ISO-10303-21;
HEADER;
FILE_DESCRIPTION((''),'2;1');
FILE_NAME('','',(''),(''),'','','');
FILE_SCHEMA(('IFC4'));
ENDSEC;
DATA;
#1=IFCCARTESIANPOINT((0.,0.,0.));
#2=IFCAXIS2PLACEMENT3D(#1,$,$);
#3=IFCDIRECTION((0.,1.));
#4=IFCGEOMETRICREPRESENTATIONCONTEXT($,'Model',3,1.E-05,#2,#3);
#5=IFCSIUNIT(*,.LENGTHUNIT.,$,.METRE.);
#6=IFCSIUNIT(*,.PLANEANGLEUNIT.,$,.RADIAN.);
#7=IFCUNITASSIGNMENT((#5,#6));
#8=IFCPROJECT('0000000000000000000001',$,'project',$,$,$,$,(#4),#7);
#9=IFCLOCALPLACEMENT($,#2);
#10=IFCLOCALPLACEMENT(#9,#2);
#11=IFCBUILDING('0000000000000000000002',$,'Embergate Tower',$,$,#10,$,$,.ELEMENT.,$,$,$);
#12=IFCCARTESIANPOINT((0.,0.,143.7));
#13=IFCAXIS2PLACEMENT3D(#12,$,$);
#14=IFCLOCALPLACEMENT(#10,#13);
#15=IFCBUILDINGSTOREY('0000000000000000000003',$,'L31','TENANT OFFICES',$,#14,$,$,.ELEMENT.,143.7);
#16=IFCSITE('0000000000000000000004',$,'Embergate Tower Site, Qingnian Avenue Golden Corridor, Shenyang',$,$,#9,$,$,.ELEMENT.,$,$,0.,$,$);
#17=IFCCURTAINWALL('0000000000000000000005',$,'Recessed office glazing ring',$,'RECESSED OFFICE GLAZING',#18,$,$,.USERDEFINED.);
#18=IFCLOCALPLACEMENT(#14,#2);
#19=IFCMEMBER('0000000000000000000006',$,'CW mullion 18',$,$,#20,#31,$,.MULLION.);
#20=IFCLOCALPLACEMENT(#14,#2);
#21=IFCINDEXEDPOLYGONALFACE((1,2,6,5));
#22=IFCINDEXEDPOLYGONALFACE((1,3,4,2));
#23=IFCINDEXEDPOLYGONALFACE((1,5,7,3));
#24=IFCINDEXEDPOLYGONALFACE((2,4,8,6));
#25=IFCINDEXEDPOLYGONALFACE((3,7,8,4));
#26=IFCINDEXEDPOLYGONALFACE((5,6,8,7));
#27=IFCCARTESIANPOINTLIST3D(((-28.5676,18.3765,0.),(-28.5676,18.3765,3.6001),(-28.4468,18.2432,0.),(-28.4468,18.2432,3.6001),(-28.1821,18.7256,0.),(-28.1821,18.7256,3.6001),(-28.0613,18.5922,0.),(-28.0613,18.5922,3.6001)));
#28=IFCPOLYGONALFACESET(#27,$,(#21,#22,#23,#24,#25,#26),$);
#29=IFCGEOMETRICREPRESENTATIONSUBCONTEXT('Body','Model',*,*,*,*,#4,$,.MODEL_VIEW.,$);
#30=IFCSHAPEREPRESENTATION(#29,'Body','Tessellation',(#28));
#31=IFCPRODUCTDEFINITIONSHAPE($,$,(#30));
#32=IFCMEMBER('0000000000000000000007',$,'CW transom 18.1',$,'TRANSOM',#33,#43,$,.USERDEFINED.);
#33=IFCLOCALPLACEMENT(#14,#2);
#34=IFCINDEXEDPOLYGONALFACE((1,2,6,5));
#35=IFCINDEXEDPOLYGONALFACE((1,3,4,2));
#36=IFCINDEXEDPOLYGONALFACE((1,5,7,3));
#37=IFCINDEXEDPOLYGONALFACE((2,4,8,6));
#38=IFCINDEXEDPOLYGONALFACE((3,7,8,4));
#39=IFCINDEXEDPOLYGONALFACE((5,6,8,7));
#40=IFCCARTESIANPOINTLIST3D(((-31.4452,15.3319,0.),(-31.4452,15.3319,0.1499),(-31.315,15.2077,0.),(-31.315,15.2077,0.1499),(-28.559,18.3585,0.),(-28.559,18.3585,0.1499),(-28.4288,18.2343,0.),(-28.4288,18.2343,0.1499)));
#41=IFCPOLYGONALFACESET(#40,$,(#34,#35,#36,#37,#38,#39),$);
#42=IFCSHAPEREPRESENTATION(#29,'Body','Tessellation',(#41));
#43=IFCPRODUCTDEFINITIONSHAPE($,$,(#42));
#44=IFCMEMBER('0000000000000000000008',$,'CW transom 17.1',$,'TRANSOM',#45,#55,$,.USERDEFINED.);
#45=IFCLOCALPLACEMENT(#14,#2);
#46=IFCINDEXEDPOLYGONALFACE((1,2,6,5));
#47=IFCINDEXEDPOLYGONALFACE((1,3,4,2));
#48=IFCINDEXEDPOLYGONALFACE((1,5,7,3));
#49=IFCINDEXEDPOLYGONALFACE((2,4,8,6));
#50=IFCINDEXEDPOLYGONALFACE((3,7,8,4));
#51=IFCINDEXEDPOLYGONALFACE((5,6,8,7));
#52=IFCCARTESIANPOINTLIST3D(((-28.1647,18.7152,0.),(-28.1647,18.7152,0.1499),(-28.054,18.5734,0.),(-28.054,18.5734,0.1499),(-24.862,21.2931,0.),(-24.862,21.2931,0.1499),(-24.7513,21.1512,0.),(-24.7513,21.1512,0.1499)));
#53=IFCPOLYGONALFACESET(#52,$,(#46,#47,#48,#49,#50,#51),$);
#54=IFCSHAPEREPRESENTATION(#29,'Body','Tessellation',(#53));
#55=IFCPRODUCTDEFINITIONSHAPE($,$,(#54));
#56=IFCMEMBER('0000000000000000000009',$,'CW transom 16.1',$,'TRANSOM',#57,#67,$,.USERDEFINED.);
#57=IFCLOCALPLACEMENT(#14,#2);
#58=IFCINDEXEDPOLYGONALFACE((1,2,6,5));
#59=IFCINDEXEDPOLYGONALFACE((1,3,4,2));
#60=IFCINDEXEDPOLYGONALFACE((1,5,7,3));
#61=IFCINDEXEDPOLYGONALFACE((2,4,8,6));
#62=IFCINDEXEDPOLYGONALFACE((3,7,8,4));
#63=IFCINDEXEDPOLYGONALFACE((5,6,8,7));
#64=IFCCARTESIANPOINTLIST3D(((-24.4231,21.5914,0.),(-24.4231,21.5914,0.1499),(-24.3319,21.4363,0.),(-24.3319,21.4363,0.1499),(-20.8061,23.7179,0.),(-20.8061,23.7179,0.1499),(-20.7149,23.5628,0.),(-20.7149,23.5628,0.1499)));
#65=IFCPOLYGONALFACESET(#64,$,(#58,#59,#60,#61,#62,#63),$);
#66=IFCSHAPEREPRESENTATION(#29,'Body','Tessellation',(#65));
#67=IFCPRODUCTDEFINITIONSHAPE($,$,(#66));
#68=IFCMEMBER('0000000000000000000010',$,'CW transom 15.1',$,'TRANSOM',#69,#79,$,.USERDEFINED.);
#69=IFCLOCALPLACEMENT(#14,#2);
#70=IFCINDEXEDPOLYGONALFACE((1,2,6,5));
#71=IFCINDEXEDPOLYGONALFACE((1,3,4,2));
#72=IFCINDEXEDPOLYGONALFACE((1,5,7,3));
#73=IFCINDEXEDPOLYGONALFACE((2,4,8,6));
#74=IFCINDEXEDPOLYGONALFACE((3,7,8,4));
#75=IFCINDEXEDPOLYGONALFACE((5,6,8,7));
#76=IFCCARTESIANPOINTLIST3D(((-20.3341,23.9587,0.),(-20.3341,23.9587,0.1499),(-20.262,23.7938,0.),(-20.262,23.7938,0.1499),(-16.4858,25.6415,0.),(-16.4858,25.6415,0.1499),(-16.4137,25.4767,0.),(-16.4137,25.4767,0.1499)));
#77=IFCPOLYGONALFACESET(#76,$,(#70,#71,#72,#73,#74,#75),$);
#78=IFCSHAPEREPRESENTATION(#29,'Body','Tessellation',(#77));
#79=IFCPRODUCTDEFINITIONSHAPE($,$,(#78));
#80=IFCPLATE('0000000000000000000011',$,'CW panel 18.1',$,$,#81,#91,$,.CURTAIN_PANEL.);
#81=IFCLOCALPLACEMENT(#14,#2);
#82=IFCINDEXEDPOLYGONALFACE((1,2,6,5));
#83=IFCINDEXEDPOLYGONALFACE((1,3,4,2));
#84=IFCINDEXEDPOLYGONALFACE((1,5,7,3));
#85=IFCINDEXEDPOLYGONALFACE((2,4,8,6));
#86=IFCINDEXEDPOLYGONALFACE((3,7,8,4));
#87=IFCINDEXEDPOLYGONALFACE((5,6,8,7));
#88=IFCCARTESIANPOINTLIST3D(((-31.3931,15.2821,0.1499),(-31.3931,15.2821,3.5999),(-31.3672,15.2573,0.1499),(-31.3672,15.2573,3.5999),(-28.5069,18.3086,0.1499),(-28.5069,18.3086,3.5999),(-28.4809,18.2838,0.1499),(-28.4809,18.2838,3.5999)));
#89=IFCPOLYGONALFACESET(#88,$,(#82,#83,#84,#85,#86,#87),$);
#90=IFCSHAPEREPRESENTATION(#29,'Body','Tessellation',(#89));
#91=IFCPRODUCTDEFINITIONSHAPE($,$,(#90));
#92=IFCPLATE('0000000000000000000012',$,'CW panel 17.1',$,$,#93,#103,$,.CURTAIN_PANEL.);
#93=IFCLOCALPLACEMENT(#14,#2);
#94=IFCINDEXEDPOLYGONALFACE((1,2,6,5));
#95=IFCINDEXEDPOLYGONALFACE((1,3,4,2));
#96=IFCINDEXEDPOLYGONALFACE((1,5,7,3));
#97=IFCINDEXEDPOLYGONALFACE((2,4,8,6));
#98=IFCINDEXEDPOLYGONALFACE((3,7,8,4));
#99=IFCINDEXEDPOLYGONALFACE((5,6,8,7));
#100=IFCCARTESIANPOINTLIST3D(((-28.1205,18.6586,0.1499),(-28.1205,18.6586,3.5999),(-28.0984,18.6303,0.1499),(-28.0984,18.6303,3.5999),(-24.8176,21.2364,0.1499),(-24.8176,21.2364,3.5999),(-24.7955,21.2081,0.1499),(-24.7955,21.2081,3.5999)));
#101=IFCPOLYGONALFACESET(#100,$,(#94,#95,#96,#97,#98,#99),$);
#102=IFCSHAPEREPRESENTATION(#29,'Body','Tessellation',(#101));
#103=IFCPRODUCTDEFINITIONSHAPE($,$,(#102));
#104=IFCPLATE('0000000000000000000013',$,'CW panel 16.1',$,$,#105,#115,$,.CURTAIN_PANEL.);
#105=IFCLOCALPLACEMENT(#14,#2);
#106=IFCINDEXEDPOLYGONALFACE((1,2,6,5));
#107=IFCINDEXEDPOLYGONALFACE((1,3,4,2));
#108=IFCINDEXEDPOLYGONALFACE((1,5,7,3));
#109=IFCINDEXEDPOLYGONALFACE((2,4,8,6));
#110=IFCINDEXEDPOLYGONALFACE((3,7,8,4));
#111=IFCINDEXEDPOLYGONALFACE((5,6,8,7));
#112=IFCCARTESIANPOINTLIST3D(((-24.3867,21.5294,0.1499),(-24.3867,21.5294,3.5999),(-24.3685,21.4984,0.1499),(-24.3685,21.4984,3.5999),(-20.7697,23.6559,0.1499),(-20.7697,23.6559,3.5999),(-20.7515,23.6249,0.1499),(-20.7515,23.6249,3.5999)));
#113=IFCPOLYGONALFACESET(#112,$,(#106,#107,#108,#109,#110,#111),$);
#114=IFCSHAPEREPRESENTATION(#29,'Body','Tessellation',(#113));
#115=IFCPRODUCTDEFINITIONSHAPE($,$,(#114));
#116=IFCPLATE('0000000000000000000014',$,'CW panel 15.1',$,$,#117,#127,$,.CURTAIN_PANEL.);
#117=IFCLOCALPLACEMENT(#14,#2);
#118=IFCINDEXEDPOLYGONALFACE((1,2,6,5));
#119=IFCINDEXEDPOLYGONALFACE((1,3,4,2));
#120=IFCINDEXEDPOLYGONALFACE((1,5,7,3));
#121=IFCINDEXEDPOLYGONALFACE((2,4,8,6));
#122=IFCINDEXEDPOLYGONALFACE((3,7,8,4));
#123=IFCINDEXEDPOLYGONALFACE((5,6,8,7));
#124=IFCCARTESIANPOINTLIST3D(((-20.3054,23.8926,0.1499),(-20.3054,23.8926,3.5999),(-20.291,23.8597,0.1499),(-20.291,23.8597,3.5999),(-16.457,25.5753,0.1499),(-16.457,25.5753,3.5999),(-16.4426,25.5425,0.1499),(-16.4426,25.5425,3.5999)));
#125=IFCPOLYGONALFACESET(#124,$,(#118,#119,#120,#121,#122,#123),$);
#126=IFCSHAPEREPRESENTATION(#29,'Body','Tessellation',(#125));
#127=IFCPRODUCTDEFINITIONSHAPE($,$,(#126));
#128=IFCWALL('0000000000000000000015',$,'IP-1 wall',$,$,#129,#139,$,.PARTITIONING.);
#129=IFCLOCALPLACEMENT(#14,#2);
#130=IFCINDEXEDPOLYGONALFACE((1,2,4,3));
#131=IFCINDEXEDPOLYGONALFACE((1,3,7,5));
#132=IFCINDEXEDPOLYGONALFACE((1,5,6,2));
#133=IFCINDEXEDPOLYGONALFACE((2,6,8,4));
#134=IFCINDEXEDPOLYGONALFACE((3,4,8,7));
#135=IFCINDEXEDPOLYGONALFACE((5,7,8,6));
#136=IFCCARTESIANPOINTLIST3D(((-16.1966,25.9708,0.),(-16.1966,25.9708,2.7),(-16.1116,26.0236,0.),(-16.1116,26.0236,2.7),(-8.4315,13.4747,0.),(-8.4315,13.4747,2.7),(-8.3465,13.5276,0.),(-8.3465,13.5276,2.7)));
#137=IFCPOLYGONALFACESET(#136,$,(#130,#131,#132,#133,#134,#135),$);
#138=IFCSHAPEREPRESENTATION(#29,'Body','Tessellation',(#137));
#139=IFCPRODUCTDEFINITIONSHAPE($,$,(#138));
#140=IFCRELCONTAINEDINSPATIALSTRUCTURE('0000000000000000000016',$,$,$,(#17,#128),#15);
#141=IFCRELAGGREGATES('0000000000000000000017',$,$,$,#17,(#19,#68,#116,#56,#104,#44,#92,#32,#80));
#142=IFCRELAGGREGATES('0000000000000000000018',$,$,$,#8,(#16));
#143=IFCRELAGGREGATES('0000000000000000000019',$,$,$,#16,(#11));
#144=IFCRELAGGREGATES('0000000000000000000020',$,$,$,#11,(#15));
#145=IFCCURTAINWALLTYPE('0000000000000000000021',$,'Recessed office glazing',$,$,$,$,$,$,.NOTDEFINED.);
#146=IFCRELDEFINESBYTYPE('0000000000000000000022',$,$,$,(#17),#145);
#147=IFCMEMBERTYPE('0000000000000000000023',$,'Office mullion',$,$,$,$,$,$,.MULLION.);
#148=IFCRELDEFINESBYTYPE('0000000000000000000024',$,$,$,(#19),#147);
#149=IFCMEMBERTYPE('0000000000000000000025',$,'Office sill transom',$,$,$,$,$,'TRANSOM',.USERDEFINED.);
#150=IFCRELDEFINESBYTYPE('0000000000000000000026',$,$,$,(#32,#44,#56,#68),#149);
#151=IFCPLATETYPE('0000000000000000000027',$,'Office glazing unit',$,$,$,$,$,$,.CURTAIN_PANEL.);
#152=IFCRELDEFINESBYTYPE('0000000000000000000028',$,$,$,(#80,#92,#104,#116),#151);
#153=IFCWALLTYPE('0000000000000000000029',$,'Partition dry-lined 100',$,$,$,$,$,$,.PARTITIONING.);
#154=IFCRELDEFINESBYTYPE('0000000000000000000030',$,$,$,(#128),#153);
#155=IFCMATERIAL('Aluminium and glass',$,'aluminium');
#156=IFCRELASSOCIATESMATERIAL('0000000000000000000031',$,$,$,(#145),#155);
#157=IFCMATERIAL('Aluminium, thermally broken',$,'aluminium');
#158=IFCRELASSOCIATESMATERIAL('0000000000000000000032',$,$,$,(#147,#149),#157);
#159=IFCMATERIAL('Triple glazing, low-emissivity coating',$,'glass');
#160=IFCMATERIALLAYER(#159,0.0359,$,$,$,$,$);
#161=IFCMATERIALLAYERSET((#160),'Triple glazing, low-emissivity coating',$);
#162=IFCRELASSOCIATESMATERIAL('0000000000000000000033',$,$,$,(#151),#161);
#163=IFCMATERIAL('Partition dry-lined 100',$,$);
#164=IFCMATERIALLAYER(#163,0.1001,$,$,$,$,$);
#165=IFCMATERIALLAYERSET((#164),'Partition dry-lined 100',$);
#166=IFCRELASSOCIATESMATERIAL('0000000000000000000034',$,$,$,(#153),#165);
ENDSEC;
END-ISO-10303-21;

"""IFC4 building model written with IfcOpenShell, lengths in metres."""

from ifc_helpers import new_model, si_unit, direction, frame, frame_2d, origin, origin_2d, place, context, subcontext, project, spatial, rectangle, extrude, source, transform, mapped, material, layer, layer_set, material_profile, profile_set, type_object, element, aggregate, save


model = new_model("IFC4")

# Units and contexts
model_context = context("Model", 3, precision=1e-05, world=origin(), true_north=direction((0.0, 1.0)))
body_context = subcontext(model_context, "Body", "Model", "MODEL_VIEW")
ifc_project = project(units=[si_unit("LENGTHUNIT", "METRE"), si_unit("PLANEANGLEUNIT", "RADIAN")], contexts=[model_context])

# Site, building, storey
site_placement = place(None, origin())
site = spatial("IfcSite", under=ifc_project, at=site_placement, Name="Embergate Tower Site, Qingnian Avenue Golden Corridor, Shenyang", CompositionType="ELEMENT", RefElevation=0.0)
building_placement = place(site_placement, origin())
building = spatial("IfcBuilding", under=site, at=building_placement, Name="Embergate Tower", CompositionType="ELEMENT")
storey_placement = place(building_placement, frame((0.0, 0.0, 143.7)))
storey = spatial("IfcBuildingStorey", under=building, at=storey_placement, Name="L31", Description="TENANT OFFICES", CompositionType="ELEMENT", Elevation=143.7)

# Curtain wall, members, plates
ifc_material_1 = material(Name="Aluminium and glass", Category="aluminium")
curtain_wall_type = type_object("IfcCurtainWallType", Name="Recessed office glazing", PredefinedType="NOTDEFINED", material=ifc_material_1)
curtain_wall_placement = place(storey_placement, origin())
curtain_wall = element("IfcCurtainWall", 1, at=curtain_wall_placement, inside=storey, type_object=curtain_wall_type, Name="Recessed office glazing ring", ObjectType="RECESSED OFFICE GLAZING", PredefinedType="USERDEFINED")
ifc_material_2 = material(Name="Aluminium, thermally broken", Category="aluminium")
ifc_material_profile_1 = material_profile(ifc_material_2, rectangle(XDim=0.1799, YDim=0.52, at=origin_2d()), Name="AL 520x180")
ifc_profile_set_1 = profile_set([ifc_material_profile_1], Name="Aluminium, thermally broken")
member_type_1 = type_object("IfcMemberType", Name="Office mullion", PredefinedType="MULLION", material=ifc_profile_set_1)
shared_shape_1 = source(origin(), body_context, "Body", "SweptSolid", [
    extrude(rectangle(XDim=0.1799, YDim=0.52, at=origin_2d()), origin(), (0.0, 0.0, 1.0), 3.6001),
])
member_1_placement = place(storey_placement, frame((-28.3145, 18.4844, 0.0), z_axis=(0.0, 0.0, 1.0), x_axis=(0.67122, -0.741258, 0.0)))
member_1 = element("IfcMember", 2, at=member_1_placement, type_object=member_type_1, Name="CW mullion 18", PredefinedType="MULLION", context=body_context, shape_type="MappedRepresentation", body=[
    mapped(shared_shape_1, transform((0.0, 0.0, 0.0))),
])
ifc_material_profile_2 = material_profile(ifc_material_2, rectangle(XDim=0.1799, YDim=0.1499, at=origin_2d()), Name="AL 150x180")
ifc_profile_set_2 = profile_set([ifc_material_profile_2], Name="Aluminium, thermally broken")
member_type_2 = type_object("IfcMemberType", Name="Office sill transom", ElementType="TRANSOM", PredefinedType="USERDEFINED", material=ifc_profile_set_2)
shared_shape_2 = source(origin(), body_context, "Body", "SweptSolid", [
    extrude(rectangle(XDim=0.1799, YDim=0.1499, at=origin_2d()), origin(), (0.0, 0.0, 1.0), 4.1821),
])
member_2_placement = place(storey_placement, frame((-28.4939, 18.2964, 0.075), z_axis=(-0.690124, -0.723691, 0.0), x_axis=(0.723691, -0.690124, 0.0)))
member_2 = element("IfcMember", 3, at=member_2_placement, type_object=member_type_2, Name="CW transom 18.1", ObjectType="TRANSOM", PredefinedType="USERDEFINED", context=body_context, shape_type="MappedRepresentation", body=[
    mapped(shared_shape_2, transform((0.0, 0.0, 0.0))),
])
shared_shape_3 = source(origin(), body_context, "Body", "SweptSolid", [
    extrude(rectangle(XDim=0.1799, YDim=0.1499, at=origin_2d()), origin(), (0.0, 0.0, 1.0), 4.1897),
])
member_3_placement = place(storey_placement, frame((-24.8066, 21.2222, 0.075), z_axis=(-0.7883, -0.615291, 0.0), x_axis=(0.615291, -0.7883, 0.0)))
member_3 = element("IfcMember", 4, at=member_3_placement, type_object=member_type_2, Name="CW transom 17.1", ObjectType="TRANSOM", PredefinedType="USERDEFINED", context=body_context, shape_type="MappedRepresentation", body=[
    mapped(shared_shape_3, transform((0.0, 0.0, 0.0))),
])
shared_shape_4 = source(origin(), body_context, "Body", "SweptSolid", [
    extrude(rectangle(XDim=0.1799, YDim=0.1499, at=origin_2d()), origin(), (0.0, 0.0, 1.0), 4.1958),
])
member_4_placement = place(storey_placement, frame((-20.7605, 23.6404, 0.075), z_axis=(-0.862054, -0.506817, 0.0), x_axis=(0.506817, -0.862054, 0.0)))
member_4 = element("IfcMember", 5, at=member_4_placement, type_object=member_type_2, Name="CW transom 16.1", ObjectType="TRANSOM", PredefinedType="USERDEFINED", context=body_context, shape_type="MappedRepresentation", body=[
    mapped(shared_shape_4, transform((0.0, 0.0, 0.0))),
])
shared_shape_5 = source(origin(), body_context, "Body", "SweptSolid", [
    extrude(rectangle(XDim=0.1799, YDim=0.1499, at=origin_2d()), origin(), (0.0, 0.0, 1.0), 4.2002),
])
member_5_placement = place(storey_placement, frame((-16.4497, 25.5591, 0.075), z_axis=(-0.916228, -0.400657, 0.0), x_axis=(0.400657, -0.916228, 0.0)))
member_5 = element("IfcMember", 6, at=member_5_placement, type_object=member_type_2, Name="CW transom 15.1", ObjectType="TRANSOM", PredefinedType="USERDEFINED", context=body_context, shape_type="MappedRepresentation", body=[
    mapped(shared_shape_5, transform((0.0, 0.0, 0.0))),
])
ifc_material_3 = material(Name="Triple glazing, low-emissivity coating", Category="glass")
ifc_layer_1 = layer(ifc_material_3, 0.0359)
ifc_layer_set_1 = layer_set([ifc_layer_1], Name="Triple glazing, low-emissivity coating")
plate_type = type_object("IfcPlateType", Name="Office glazing unit", PredefinedType="CURTAIN_PANEL", material=ifc_layer_set_1)
shared_shape_6 = source(origin(), body_context, "Body", "SweptSolid", [
    extrude(rectangle(XDim=4.1821, YDim=0.0359, at=origin_2d()), origin(), (0.0, 0.0, 1.0), 3.45),
])
plate_1_placement = place(storey_placement, frame((-29.937, 16.783, 0.1499), z_axis=(0.0, 0.0, 1.0), x_axis=(-0.690143, -0.723673, 0.0)))
plate_1 = element("IfcPlate", 7, at=plate_1_placement, type_object=plate_type, Name="CW panel 18.1", PredefinedType="CURTAIN_PANEL", context=body_context, shape_type="MappedRepresentation", body=[
    mapped(shared_shape_6, transform((0.0, 0.0, 0.0))),
])
shared_shape_7 = source(origin(), body_context, "Body", "SweptSolid", [
    extrude(rectangle(XDim=4.1897, YDim=0.0359, at=origin_2d()), origin(), (0.0, 0.0, 1.0), 3.45),
])
plate_2_placement = place(storey_placement, frame((-26.458, 19.9333, 0.1499), z_axis=(0.0, 0.0, 1.0), x_axis=(-0.788327, -0.615257, 0.0)))
plate_2 = element("IfcPlate", 8, at=plate_2_placement, type_object=plate_type, Name="CW panel 17.1", PredefinedType="CURTAIN_PANEL", context=body_context, shape_type="MappedRepresentation", body=[
    mapped(shared_shape_7, transform((0.0, 0.0, 0.0))),
])
shared_shape_8 = source(origin(), body_context, "Body", "SweptSolid", [
    extrude(rectangle(XDim=4.1958, YDim=0.0359, at=origin_2d()), origin(), (0.0, 0.0, 1.0), 3.45),
])
plate_3_placement = place(storey_placement, frame((-22.5691, 22.5771, 0.1499), z_axis=(0.0, 0.0, 1.0), x_axis=(-0.862058, -0.50681, 0.0)))
plate_3 = element("IfcPlate", 9, at=plate_3_placement, type_object=plate_type, Name="CW panel 16.1", PredefinedType="CURTAIN_PANEL", context=body_context, shape_type="MappedRepresentation", body=[
    mapped(shared_shape_8, transform((0.0, 0.0, 0.0))),
])
shared_shape_9 = source(origin(), body_context, "Body", "SweptSolid", [
    extrude(rectangle(XDim=4.2002, YDim=0.0359, at=origin_2d()), origin(), (0.0, 0.0, 1.0), 3.45),
])
plate_4_placement = place(storey_placement, frame((-18.374, 24.7175, 0.1499), z_axis=(0.0, 0.0, 1.0), x_axis=(-0.916239, -0.400632, 0.0)))
plate_4 = element("IfcPlate", 10, at=plate_4_placement, type_object=plate_type, Name="CW panel 15.1", PredefinedType="CURTAIN_PANEL", context=body_context, shape_type="MappedRepresentation", body=[
    mapped(shared_shape_9, transform((0.0, 0.0, 0.0))),
])
aggregate(curtain_wall, [member_1, member_5, plate_4, member_4, plate_3, member_3, plate_2, member_2, plate_1])

# Wall
ifc_material_4 = material(Name="Partition dry-lined 100")
ifc_layer_2 = layer(ifc_material_4, 0.1001)
ifc_layer_set_2 = layer_set([ifc_layer_2], Name="Partition dry-lined 100")
wall_type = type_object("IfcWallType", Name="Partition dry-lined 100", PredefinedType="PARTITIONING", material=ifc_layer_set_2)
shared_shape_10 = source(origin(), body_context, "Body", "SweptSolid", [
    extrude(rectangle(XDim=14.7122, YDim=0.1001, at=frame_2d((7.356, 0.0))), origin(), (0.0, 0.0, 1.0), 2.7),
])
wall_placement = place(storey_placement, frame((-16.1541, 25.9971, 0.0), z_axis=(0.0, 0.0, 1.0), x_axis=(0.527801, -0.849368, 0.0)))
element("IfcWall", 11, at=wall_placement, inside=storey, type_object=wall_type, Name="IP-1 wall", PredefinedType="PARTITIONING", context=body_context, shape_type="MappedRepresentation", body=[
    mapped(shared_shape_10, transform((0.0, 0.0, 0.0))),
])

save(model, "model.ifc")
